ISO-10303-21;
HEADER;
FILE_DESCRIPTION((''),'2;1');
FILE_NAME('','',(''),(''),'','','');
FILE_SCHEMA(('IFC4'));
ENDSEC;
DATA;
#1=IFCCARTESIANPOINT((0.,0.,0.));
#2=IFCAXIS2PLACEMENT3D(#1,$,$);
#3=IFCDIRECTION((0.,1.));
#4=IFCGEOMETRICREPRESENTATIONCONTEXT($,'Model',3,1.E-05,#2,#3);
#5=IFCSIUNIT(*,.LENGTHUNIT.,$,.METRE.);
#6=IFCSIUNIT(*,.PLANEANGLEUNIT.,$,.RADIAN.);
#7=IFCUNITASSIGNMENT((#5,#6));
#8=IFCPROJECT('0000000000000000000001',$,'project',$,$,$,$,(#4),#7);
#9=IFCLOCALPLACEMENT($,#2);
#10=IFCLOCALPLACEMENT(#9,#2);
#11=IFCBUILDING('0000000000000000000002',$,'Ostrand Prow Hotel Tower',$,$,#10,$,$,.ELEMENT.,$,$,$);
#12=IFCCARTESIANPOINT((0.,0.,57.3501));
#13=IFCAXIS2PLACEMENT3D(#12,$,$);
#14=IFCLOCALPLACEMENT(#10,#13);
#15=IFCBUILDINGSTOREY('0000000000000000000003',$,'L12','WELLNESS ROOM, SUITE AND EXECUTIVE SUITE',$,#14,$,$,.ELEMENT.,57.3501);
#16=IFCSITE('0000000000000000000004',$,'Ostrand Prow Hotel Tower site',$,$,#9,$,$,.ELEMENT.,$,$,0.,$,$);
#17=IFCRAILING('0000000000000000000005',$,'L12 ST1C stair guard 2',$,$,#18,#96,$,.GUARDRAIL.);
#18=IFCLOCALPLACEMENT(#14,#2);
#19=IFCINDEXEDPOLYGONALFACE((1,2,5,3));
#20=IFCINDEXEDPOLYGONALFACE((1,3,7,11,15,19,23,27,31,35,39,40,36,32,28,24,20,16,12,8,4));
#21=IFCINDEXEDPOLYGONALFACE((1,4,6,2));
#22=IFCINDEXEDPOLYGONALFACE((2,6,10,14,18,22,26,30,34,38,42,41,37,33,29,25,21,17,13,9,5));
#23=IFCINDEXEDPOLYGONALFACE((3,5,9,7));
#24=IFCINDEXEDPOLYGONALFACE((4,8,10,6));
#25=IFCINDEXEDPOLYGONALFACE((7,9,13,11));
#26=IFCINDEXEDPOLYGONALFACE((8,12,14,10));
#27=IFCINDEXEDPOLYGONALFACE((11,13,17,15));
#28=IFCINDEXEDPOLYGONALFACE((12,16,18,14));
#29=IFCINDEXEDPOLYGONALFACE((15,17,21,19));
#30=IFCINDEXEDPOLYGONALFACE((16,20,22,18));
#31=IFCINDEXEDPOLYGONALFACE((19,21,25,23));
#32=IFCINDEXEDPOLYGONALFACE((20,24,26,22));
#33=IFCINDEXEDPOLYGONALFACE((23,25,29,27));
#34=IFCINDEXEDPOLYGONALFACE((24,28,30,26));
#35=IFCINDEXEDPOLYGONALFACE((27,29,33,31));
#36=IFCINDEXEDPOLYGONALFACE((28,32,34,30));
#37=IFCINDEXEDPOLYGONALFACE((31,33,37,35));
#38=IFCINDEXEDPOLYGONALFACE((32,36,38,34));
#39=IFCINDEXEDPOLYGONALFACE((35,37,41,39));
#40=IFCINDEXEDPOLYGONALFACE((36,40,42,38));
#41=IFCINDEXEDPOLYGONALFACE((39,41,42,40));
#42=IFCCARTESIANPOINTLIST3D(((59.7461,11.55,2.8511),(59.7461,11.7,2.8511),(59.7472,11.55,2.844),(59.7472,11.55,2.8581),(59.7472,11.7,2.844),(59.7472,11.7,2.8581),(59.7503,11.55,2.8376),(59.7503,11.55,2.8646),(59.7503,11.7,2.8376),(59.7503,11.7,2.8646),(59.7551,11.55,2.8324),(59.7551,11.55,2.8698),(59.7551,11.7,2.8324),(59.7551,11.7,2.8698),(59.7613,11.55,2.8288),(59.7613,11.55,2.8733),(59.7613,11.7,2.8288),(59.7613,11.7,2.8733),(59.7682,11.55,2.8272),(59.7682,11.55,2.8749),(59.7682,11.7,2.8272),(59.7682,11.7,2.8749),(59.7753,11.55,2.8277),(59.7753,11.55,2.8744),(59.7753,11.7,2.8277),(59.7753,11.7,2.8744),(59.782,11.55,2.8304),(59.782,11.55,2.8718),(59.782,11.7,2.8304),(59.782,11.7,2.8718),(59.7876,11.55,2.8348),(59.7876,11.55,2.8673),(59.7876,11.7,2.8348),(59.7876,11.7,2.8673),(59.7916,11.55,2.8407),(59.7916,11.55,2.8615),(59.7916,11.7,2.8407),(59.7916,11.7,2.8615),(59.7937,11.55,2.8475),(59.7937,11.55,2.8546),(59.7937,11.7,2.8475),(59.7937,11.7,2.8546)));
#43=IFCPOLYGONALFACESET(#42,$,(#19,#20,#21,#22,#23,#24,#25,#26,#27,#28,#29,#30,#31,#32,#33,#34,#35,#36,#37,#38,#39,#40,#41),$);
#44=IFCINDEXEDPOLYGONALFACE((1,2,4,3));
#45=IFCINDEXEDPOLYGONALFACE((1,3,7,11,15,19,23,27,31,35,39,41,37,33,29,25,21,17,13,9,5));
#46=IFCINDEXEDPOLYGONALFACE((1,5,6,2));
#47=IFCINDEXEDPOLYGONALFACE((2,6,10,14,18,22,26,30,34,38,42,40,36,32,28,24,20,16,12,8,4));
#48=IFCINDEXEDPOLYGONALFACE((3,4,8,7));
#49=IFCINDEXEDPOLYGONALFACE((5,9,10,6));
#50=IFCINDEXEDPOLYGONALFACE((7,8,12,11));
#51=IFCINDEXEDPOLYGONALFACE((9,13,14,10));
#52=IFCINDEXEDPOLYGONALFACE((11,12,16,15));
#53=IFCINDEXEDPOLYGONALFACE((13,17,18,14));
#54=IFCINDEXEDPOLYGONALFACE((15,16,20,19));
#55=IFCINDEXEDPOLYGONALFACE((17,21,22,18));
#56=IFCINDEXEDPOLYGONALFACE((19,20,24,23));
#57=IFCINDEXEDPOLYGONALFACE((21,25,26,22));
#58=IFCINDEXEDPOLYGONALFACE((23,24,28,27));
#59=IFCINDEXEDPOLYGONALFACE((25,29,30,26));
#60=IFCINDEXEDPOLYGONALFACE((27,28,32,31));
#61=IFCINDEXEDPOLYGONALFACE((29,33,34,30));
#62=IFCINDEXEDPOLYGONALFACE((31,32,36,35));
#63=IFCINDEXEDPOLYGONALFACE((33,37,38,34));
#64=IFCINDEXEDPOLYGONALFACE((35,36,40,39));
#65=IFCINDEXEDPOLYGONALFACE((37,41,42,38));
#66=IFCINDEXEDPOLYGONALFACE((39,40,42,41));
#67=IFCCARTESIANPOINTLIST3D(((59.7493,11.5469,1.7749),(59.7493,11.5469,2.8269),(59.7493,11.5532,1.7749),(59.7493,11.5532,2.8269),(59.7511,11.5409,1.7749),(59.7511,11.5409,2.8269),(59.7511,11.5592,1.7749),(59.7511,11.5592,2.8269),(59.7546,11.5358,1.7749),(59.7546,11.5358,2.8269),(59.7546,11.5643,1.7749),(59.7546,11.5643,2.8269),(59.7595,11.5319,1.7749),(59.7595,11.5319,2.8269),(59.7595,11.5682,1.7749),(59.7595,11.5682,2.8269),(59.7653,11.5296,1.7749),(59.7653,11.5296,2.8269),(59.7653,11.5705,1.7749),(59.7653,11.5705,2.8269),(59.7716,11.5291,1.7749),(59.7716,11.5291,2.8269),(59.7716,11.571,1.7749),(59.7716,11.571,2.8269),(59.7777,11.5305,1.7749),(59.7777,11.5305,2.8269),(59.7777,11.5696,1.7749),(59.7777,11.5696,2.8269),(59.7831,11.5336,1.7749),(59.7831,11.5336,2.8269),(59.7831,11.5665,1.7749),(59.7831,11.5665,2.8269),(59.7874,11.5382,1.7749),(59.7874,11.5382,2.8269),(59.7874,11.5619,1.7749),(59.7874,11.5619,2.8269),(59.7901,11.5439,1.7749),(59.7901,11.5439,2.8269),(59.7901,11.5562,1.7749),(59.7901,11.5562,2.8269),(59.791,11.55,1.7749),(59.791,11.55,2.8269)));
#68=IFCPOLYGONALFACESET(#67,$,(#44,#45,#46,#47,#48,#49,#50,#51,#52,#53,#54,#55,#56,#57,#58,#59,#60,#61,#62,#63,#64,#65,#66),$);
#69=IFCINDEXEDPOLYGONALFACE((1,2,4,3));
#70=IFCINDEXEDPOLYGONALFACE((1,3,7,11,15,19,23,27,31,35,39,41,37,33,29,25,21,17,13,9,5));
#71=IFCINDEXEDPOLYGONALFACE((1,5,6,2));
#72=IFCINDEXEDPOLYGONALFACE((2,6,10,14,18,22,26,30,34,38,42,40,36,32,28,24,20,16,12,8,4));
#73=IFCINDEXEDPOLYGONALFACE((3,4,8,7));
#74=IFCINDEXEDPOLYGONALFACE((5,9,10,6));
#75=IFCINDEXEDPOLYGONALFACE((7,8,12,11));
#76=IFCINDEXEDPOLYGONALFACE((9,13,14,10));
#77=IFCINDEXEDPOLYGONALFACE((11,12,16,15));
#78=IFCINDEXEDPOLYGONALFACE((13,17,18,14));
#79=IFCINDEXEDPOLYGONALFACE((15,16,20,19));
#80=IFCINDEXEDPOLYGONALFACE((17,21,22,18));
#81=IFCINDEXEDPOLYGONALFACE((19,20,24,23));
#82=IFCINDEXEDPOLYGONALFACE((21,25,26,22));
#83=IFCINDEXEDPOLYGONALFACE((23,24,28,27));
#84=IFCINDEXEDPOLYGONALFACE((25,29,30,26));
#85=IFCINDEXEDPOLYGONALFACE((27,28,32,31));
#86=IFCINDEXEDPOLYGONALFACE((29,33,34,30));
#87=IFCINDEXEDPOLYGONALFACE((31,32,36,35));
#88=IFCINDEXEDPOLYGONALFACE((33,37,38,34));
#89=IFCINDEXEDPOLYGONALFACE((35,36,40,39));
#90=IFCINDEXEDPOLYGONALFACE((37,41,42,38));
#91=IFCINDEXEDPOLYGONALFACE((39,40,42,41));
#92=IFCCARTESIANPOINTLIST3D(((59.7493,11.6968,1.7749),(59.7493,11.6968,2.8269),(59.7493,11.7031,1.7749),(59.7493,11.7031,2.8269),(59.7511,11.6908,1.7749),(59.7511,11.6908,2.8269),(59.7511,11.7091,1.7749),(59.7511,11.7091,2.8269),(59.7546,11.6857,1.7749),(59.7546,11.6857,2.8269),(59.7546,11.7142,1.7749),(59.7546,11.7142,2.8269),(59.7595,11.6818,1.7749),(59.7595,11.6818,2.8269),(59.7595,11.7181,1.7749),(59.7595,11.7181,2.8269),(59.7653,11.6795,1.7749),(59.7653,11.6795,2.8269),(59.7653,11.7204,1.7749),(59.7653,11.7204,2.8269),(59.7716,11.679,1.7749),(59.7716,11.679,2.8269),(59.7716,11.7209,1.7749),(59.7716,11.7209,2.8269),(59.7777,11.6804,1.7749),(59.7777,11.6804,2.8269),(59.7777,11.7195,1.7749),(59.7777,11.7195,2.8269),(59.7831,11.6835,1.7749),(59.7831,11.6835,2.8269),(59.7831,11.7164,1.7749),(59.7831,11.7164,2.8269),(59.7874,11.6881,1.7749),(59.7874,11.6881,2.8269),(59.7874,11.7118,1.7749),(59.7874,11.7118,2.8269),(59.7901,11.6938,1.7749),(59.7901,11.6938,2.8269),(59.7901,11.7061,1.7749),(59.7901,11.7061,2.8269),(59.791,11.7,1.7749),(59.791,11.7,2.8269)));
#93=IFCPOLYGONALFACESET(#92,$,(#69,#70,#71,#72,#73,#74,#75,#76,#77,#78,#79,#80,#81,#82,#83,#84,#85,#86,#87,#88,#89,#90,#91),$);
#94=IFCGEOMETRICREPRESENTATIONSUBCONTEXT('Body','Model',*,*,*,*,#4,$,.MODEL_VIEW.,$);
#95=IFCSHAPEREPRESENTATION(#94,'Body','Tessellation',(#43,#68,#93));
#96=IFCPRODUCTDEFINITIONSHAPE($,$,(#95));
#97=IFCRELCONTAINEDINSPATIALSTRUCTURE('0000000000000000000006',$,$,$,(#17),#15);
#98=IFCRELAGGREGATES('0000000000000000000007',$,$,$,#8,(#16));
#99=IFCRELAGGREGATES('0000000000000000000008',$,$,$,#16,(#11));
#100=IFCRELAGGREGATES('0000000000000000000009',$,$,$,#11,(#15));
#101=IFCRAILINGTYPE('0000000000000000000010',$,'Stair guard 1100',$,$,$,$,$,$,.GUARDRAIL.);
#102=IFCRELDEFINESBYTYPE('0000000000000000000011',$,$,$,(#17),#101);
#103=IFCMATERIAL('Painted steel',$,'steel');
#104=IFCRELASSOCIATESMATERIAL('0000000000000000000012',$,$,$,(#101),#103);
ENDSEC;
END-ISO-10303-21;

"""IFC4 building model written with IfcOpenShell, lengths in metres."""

from ifc_helpers import new_model, si_unit, direction, frame, origin, origin_2d, place, context, subcontext, project, spatial, circle, extrude, material, type_object, element, save


model = new_model("IFC4")

# Units and contexts
model_context = context("Model", 3, precision=1e-05, world=origin(), true_north=direction((0.0, 1.0)))
body_context = subcontext(model_context, "Body", "Model", "MODEL_VIEW")
ifc_project = project(units=[si_unit("LENGTHUNIT", "METRE"), si_unit("PLANEANGLEUNIT", "RADIAN")], contexts=[model_context])

# Site, building, storey
site_placement = place(None, origin())
site = spatial("IfcSite", under=ifc_project, at=site_placement, Name="Ostrand Prow Hotel Tower site", CompositionType="ELEMENT", RefElevation=0.0)
building_placement = place(site_placement, origin())
building = spatial("IfcBuilding", under=site, at=building_placement, Name="Ostrand Prow Hotel Tower", CompositionType="ELEMENT")
storey_placement = place(building_placement, frame((0.0, 0.0, 57.3501)))
storey = spatial("IfcBuildingStorey", under=building, at=storey_placement, Name="L12", Description="WELLNESS ROOM, SUITE AND EXECUTIVE SUITE", CompositionType="ELEMENT", Elevation=57.3501)

# Railing
ifc_material_1 = material(Name="Painted steel", Category="steel")
railing_type_1 = type_object("IfcRailingType", Name="Stair guard 1100", PredefinedType="GUARDRAIL", material=ifc_material_1)
railing_1_placement = place(storey_placement, frame((59.77, 11.55, 1.7749)))
element("IfcRailing", 1, at=railing_1_placement, inside=storey, type_object=railing_type_1, Name="L12 ST1C stair guard 2", PredefinedType="GUARDRAIL", context=body_context, shape_type="SweptSolid", body=[
    extrude(circle(Radius=0.0239, at=origin_2d()), frame((0.0, 0.0, 1.0762), z_axis=(0.0, 1.0, 0.0), x_axis=(-1.0, 0.0, 0.0)), (0.0, 0.0, 1.0), 0.1499),
    extrude(circle(Radius=0.021, at=origin_2d()), origin(), (0.0, 0.0, 1.0), 1.052),
    extrude(circle(Radius=0.021, at=origin_2d()), frame((0.0, 0.1499, 0.0)), (0.0, 0.0, 1.0), 1.052),
])

save(model, "model.ifc")
